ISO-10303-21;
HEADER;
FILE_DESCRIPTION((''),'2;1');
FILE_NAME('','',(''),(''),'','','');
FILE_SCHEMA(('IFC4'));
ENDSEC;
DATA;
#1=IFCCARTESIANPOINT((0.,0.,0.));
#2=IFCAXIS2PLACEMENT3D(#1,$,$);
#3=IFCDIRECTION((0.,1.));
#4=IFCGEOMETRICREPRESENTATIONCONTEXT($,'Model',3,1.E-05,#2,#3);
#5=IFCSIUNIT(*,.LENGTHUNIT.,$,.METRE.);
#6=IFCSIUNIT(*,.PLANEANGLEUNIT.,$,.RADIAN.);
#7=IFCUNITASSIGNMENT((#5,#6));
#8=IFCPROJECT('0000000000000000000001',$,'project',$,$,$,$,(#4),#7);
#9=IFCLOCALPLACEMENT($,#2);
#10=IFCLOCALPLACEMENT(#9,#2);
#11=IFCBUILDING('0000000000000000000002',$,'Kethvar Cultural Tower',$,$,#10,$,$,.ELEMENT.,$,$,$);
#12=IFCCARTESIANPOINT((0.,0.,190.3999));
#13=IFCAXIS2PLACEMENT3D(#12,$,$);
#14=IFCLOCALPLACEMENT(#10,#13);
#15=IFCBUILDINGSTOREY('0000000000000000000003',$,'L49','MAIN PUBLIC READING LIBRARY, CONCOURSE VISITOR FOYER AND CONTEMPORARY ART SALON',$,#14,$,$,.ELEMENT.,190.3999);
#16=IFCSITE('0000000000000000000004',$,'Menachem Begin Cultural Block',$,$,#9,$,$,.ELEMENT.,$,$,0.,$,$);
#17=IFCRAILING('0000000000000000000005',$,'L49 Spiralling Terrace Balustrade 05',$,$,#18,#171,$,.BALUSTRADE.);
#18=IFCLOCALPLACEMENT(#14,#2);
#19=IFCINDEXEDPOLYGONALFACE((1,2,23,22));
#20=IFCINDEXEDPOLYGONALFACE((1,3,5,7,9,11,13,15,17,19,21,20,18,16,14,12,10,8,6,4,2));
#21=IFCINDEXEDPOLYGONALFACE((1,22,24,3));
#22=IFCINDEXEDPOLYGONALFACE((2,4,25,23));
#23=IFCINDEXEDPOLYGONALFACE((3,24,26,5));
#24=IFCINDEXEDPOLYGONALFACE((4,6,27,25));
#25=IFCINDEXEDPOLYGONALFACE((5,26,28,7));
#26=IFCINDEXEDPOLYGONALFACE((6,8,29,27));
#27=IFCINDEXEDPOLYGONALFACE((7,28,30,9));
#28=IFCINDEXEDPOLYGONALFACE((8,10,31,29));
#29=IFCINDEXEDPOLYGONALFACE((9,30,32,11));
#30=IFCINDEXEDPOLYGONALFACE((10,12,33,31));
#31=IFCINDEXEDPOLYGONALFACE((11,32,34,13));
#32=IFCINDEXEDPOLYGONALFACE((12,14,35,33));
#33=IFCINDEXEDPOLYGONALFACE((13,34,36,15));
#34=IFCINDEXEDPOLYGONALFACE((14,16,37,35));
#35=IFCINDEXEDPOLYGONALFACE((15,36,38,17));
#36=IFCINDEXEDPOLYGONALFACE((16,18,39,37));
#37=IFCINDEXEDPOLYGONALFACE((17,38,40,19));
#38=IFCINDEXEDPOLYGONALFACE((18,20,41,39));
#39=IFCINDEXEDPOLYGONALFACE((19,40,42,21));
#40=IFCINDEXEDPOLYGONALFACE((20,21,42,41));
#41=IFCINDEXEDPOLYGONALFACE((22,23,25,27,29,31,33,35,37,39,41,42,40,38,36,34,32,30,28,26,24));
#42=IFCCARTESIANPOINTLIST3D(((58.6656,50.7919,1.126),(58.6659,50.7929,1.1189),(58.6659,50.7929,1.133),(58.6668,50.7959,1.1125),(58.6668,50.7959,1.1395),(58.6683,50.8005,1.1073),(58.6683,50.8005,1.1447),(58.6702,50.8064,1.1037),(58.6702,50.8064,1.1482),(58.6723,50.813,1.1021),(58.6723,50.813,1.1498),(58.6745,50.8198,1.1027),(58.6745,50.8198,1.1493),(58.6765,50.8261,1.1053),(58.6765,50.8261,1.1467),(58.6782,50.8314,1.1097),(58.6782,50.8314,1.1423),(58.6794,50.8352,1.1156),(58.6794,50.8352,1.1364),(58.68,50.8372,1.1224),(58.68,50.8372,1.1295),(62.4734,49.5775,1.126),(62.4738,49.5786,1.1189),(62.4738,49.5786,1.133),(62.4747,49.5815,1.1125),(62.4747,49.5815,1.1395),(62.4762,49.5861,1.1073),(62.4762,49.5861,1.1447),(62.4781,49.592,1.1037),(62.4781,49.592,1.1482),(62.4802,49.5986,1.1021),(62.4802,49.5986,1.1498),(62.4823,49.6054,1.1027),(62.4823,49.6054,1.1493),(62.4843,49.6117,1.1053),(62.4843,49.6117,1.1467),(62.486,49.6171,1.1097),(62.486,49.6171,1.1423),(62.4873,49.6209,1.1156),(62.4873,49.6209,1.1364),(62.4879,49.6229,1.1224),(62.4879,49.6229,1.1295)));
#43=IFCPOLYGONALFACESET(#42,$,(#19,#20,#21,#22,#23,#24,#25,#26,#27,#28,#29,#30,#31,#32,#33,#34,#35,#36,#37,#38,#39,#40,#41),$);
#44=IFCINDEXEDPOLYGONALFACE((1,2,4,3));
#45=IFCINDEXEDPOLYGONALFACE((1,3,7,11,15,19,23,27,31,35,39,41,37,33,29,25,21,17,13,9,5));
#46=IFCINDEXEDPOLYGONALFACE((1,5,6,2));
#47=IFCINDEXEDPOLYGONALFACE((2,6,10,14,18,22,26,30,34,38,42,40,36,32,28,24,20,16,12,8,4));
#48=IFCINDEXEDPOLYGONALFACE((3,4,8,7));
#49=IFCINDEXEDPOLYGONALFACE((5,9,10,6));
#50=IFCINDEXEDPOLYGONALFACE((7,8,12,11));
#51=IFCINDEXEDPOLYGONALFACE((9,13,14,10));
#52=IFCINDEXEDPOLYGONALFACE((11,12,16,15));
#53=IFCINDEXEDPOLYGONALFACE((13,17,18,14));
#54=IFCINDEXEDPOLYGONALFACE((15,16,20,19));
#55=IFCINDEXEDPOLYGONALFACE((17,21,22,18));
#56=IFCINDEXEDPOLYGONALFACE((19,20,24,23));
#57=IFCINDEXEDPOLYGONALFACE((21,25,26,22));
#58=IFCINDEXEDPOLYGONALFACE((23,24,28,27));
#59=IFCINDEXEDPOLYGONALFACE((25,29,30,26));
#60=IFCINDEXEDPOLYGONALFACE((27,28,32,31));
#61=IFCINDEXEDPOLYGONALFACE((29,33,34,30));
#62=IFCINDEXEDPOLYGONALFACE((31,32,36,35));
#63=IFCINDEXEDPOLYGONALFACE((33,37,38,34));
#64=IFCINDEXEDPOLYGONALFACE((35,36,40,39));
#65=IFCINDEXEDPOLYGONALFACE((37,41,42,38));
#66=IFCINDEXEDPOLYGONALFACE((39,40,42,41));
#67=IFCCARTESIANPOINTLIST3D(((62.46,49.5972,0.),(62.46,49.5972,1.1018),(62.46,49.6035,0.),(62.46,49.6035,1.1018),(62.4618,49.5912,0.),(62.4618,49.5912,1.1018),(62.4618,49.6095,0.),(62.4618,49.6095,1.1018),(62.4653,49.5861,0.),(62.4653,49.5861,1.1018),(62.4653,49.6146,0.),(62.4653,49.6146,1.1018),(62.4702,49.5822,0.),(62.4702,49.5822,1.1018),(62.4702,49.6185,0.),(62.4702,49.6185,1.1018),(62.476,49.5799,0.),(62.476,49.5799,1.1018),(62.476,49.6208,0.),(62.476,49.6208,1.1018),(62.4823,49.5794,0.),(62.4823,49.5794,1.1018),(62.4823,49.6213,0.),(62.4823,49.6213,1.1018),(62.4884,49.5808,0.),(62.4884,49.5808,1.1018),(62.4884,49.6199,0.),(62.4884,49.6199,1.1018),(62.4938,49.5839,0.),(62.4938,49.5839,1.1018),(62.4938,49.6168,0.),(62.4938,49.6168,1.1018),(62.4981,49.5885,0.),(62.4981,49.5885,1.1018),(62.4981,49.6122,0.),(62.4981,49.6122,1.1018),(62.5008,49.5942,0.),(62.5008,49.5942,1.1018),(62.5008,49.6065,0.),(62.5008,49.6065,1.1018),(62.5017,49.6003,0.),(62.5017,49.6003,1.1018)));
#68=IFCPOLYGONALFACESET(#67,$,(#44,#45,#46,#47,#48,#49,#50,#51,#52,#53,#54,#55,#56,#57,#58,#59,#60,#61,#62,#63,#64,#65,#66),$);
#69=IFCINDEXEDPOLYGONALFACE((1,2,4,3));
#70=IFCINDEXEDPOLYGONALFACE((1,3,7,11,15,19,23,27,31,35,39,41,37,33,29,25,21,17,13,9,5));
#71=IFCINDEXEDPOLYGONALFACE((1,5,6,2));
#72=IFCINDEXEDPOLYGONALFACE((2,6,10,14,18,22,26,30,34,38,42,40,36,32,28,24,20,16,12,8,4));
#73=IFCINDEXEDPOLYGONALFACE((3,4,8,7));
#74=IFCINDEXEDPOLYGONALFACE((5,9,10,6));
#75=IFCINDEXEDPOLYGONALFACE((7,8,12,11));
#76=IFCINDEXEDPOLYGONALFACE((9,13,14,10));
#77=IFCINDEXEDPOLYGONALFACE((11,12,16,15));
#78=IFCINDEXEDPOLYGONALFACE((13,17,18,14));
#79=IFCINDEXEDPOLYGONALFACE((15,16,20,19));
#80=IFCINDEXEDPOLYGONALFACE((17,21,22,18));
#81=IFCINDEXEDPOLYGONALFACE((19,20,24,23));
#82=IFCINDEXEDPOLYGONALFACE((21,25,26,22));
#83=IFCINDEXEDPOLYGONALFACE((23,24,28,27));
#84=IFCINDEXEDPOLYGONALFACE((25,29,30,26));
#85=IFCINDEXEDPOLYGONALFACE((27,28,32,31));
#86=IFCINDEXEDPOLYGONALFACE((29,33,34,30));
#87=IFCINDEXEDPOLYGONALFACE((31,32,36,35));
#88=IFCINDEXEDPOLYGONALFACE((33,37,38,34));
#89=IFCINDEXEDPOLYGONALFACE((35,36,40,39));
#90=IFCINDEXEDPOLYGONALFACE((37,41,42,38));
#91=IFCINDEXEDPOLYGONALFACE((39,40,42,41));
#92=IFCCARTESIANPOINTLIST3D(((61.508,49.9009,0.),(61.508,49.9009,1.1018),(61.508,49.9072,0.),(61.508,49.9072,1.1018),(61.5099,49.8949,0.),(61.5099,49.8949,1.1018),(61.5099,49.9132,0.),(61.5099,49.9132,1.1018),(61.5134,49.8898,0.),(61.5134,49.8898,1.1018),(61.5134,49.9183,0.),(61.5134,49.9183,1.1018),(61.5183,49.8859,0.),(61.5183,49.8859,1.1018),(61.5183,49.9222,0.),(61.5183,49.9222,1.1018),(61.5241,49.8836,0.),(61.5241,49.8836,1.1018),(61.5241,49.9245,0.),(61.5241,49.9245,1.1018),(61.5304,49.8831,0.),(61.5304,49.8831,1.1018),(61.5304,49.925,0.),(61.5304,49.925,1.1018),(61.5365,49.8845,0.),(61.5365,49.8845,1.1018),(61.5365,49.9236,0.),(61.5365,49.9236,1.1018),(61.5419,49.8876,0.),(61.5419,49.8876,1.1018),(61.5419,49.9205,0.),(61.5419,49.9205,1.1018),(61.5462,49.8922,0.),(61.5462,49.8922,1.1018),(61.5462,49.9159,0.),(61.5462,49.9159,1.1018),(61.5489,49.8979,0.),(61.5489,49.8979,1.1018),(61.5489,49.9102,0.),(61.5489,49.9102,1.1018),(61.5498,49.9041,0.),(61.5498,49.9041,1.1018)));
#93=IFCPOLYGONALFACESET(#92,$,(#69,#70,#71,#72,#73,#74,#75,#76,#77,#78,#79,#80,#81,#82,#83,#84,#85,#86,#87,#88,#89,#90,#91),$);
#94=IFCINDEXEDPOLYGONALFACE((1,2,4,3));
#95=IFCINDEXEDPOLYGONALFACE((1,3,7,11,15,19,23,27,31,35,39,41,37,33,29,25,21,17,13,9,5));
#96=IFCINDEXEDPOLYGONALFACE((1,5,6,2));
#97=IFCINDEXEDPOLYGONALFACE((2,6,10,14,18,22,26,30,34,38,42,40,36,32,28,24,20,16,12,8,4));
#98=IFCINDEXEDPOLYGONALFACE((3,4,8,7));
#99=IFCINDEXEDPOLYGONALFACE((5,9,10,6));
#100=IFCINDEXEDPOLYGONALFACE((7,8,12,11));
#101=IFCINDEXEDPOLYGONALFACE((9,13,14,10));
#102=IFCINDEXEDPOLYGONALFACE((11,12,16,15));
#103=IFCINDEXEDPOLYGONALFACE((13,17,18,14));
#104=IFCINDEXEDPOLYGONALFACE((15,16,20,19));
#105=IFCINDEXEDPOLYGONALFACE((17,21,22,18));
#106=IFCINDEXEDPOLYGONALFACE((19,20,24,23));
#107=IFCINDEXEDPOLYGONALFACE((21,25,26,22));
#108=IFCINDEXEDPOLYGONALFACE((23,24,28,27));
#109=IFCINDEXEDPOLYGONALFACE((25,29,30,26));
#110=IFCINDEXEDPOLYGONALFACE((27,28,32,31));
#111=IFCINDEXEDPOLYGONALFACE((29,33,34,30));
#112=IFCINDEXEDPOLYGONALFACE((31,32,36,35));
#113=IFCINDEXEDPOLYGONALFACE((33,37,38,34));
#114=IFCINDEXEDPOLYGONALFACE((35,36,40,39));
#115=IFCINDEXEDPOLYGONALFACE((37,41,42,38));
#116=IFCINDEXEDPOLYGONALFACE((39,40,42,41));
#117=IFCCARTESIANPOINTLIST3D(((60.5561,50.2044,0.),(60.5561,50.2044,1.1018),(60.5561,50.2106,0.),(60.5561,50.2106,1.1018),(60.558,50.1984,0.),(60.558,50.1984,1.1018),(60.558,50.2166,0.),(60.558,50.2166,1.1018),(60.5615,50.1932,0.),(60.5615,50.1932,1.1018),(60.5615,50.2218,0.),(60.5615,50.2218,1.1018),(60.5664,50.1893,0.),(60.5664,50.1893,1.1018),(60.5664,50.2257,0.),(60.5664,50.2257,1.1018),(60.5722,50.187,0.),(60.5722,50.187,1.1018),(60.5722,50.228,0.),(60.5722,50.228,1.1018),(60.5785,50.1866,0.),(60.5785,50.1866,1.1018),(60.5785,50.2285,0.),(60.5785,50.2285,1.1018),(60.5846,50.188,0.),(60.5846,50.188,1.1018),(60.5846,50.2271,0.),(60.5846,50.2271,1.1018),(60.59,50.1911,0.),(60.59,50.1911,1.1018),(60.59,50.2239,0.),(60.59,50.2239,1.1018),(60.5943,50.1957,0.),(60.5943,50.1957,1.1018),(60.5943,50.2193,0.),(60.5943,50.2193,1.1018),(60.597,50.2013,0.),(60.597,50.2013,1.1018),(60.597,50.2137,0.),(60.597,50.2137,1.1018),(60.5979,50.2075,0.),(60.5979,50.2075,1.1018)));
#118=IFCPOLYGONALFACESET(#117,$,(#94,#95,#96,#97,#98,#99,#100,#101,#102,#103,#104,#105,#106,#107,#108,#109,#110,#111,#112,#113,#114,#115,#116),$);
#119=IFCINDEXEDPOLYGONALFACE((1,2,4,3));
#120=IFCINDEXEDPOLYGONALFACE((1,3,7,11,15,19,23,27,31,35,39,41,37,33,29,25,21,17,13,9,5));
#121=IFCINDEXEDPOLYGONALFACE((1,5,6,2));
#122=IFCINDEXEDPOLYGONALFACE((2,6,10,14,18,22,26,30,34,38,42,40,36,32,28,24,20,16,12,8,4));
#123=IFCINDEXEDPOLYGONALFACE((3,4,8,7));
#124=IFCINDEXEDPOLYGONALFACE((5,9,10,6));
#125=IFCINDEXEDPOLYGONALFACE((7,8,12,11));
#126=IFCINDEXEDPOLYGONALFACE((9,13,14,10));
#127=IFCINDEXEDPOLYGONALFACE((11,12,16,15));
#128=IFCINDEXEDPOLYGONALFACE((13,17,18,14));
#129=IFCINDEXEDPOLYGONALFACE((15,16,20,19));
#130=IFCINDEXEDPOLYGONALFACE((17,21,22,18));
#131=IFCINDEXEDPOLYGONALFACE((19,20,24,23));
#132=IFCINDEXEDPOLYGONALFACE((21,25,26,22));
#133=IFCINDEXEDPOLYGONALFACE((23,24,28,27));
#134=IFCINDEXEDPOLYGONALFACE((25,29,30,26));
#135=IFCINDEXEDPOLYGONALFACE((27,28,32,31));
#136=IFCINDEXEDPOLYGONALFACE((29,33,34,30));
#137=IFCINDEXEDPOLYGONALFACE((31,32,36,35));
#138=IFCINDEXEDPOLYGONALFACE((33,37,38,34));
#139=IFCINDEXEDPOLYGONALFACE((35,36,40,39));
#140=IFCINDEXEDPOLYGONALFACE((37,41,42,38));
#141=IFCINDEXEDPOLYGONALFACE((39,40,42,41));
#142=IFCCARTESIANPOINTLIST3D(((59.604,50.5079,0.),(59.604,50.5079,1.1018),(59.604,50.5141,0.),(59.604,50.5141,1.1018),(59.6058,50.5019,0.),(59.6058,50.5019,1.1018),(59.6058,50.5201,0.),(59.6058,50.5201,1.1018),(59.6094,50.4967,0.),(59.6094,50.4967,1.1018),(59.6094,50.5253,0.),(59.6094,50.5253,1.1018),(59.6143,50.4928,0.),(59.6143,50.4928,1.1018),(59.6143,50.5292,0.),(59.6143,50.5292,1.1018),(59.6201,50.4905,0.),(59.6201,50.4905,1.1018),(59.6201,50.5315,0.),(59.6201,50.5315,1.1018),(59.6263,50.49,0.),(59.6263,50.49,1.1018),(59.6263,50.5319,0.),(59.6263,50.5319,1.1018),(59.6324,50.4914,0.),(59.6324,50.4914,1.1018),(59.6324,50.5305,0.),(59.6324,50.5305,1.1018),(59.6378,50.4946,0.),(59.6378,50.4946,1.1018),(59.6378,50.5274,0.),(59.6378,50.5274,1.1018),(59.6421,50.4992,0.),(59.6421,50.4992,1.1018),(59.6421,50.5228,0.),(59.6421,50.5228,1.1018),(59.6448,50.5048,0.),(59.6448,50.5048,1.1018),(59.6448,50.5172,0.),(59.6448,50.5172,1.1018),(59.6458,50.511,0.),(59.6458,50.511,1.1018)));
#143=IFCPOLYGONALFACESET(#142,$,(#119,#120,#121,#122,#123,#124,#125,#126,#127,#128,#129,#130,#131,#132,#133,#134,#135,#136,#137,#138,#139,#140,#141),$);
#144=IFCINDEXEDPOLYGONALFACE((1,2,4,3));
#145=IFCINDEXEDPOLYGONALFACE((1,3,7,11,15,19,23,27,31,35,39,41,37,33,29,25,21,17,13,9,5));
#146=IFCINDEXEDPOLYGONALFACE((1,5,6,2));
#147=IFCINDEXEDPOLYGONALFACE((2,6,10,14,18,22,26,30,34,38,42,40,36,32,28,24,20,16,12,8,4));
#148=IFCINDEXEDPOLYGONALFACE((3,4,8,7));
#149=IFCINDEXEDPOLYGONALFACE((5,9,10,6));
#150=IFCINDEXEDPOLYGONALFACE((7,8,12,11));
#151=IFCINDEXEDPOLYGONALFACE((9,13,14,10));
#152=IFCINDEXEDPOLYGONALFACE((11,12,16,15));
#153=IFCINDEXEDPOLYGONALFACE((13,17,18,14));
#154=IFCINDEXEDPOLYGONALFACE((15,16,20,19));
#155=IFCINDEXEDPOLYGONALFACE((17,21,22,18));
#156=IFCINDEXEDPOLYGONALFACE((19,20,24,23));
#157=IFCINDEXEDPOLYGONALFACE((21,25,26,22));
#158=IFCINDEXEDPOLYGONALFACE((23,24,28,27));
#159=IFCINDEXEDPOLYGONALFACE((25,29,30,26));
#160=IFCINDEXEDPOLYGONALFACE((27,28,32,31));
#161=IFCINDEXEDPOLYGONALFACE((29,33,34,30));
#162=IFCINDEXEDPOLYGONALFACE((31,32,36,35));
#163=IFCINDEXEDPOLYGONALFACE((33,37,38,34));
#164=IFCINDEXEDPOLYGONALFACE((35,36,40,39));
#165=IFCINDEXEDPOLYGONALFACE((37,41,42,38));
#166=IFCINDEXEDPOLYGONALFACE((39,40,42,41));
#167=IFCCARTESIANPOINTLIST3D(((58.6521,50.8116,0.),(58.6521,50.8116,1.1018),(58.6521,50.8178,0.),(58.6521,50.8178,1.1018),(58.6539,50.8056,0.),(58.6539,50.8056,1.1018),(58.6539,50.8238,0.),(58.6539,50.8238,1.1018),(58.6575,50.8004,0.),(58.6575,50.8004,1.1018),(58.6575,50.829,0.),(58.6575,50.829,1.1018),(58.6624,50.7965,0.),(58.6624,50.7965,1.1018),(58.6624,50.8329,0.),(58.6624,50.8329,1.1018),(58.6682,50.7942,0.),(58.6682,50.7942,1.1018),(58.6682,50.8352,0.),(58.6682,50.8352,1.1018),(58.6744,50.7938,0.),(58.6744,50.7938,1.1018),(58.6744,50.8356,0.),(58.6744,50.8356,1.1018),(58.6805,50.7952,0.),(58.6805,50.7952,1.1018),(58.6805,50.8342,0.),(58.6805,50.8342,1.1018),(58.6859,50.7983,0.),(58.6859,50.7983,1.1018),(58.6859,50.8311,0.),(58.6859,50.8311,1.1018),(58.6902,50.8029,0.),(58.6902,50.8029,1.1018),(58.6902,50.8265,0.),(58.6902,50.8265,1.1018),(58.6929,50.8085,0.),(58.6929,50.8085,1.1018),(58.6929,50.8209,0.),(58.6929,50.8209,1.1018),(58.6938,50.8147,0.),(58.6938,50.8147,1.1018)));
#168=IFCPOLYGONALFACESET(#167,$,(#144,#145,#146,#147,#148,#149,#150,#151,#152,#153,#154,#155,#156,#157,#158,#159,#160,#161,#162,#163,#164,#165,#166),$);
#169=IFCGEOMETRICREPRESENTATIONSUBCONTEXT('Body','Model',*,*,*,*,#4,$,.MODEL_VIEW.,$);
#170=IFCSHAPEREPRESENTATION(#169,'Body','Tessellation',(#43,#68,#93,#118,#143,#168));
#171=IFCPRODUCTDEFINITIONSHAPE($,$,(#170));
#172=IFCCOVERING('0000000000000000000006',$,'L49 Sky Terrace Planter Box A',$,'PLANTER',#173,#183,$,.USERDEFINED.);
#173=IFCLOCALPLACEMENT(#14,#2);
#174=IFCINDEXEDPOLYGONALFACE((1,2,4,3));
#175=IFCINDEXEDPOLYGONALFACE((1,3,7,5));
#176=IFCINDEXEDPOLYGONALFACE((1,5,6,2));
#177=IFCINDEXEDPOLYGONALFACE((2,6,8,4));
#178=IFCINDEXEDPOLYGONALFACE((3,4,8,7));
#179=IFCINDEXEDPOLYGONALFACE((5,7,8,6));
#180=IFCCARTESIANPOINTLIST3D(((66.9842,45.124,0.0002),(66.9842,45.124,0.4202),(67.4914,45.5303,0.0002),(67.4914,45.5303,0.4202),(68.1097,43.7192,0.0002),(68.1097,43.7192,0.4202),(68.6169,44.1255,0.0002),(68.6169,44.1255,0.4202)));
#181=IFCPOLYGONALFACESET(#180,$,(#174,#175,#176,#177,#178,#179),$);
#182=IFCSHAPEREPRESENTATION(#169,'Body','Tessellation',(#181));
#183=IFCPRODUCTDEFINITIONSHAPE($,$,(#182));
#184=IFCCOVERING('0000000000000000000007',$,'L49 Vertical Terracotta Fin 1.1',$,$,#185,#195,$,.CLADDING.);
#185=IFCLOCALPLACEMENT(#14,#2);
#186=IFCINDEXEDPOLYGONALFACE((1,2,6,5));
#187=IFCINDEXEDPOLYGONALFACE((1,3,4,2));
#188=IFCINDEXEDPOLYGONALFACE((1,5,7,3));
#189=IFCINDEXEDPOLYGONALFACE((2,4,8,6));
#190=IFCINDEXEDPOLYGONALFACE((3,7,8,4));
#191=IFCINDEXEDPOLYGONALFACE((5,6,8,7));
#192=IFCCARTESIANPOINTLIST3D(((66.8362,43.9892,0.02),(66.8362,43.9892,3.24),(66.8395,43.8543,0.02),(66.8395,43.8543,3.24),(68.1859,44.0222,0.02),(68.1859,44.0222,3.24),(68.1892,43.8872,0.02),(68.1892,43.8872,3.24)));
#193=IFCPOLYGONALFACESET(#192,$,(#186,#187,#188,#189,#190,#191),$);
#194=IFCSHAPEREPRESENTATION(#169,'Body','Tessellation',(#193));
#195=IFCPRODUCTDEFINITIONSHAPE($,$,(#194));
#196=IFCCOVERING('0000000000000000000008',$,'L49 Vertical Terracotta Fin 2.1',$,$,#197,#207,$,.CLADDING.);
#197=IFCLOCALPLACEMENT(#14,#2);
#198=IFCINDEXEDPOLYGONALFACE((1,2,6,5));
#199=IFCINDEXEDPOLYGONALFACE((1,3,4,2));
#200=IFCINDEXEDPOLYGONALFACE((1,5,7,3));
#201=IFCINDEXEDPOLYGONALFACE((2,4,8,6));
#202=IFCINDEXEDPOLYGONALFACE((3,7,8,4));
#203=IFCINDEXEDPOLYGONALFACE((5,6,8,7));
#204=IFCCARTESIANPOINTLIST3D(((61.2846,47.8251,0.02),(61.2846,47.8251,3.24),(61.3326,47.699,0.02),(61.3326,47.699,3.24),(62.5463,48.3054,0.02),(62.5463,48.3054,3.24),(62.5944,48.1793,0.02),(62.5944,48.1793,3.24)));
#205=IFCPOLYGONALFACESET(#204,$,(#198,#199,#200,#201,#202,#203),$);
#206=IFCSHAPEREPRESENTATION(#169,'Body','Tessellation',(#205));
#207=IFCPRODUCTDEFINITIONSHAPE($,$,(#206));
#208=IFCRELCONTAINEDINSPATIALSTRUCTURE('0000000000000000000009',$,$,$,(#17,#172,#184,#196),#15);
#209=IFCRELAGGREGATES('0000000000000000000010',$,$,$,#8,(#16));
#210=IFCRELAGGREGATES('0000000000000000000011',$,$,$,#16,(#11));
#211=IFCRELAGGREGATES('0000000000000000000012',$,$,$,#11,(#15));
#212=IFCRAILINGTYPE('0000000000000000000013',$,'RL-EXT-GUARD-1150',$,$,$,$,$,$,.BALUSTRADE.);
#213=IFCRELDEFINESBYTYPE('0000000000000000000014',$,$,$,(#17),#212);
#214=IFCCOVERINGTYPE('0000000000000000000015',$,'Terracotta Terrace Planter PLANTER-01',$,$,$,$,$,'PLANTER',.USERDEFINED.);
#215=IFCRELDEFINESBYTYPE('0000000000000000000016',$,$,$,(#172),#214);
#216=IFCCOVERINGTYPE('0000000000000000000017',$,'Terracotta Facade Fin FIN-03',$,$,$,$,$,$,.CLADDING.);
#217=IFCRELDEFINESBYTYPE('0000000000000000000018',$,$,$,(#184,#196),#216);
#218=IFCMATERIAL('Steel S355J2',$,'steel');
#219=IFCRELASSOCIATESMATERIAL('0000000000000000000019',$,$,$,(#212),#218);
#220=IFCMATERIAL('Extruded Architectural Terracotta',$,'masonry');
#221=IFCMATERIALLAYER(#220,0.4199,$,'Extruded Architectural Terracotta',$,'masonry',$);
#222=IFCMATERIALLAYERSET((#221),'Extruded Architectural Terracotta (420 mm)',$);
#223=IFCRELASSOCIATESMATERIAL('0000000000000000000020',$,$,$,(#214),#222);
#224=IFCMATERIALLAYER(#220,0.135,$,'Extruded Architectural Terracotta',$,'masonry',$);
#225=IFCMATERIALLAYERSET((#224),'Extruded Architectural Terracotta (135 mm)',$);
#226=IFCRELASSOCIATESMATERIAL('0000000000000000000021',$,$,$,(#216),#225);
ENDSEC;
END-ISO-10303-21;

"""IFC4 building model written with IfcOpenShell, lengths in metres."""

from ifc_helpers import new_model, si_unit, direction, frame, origin, origin_2d, place, context, subcontext, project, spatial, rectangle, circle, extrude, source, transform, mapped, material, layer, layer_set, type_object, element, save


model = new_model("IFC4")

# Units and contexts
model_context = context("Model", 3, precision=1e-05, world=origin(), true_north=direction((0.0, 1.0)))
body_context = subcontext(model_context, "Body", "Model", "MODEL_VIEW")
ifc_project = project(units=[si_unit("LENGTHUNIT", "METRE"), si_unit("PLANEANGLEUNIT", "RADIAN")], contexts=[model_context])

# Site, building, storey
site_placement = place(None, origin())
site = spatial("IfcSite", under=ifc_project, at=site_placement, Name="Menachem Begin Cultural Block", CompositionType="ELEMENT", RefElevation=0.0)
building_placement = place(site_placement, origin())
building = spatial("IfcBuilding", under=site, at=building_placement, Name="Kethvar Cultural Tower", CompositionType="ELEMENT")
storey_placement = place(building_placement, frame((0.0, 0.0, 190.3999)))
storey = spatial("IfcBuildingStorey", under=building, at=storey_placement, Name="L49", Description="MAIN PUBLIC READING LIBRARY, CONCOURSE VISITOR FOYER AND CONTEMPORARY ART SALON", CompositionType="ELEMENT", Elevation=190.3999)

# Shared definitions
ifc_material_1 = material(Name="Steel S355J2", Category="steel")

# Railing
railing_type = type_object("IfcRailingType", Name="RL-EXT-GUARD-1150", PredefinedType="BALUSTRADE", material=ifc_material_1)
railing_1_placement = place(storey_placement, frame((62.4807, 49.6003, 0.0)))
element("IfcRailing", 1, at=railing_1_placement, inside=storey, type_object=railing_type, Name="L49 Spiralling Terrace Balustrade 05", PredefinedType="BALUSTRADE", context=body_context, shape_type="SweptSolid", body=[
    extrude(circle(Radius=0.0239, at=origin_2d()), frame((0.0, 0.0, 1.126), z_axis=(-0.952726, 0.303831, 0.0), x_axis=(-0.303831, -0.952726, 0.0)), (0.0, 0.0, 1.0), 3.9968),
    extrude(circle(Radius=0.021, at=origin_2d()), origin(), (0.0, 0.0, 1.0), 1.1018),
    extrude(circle(Radius=0.021, at=origin_2d()), frame((-0.9519, 0.3037, 0.0)), (0.0, 0.0, 1.0), 1.1018),
    extrude(circle(Radius=0.021, at=origin_2d()), frame((-1.9038, 0.6072, 0.0)), (0.0, 0.0, 1.0), 1.1018),
    extrude(circle(Radius=0.021, at=origin_2d()), frame((-2.856, 0.9106, 0.0)), (0.0, 0.0, 1.0), 1.1018),
    extrude(circle(Radius=0.021, at=origin_2d()), frame((-3.8079, 1.2144, 0.0)), (0.0, 0.0, 1.0), 1.1018),
])

# Coverings
ifc_material_2 = material(Name="Extruded Architectural Terracotta", Category="masonry")
ifc_layer_1 = layer(ifc_material_2, 0.4199, Name="Extruded Architectural Terracotta", Category="masonry")
ifc_layer_set_1 = layer_set([ifc_layer_1], Name="Extruded Architectural Terracotta (420 mm)")
covering_type_1 = type_object("IfcCoveringType", Name="Terracotta Terrace Planter PLANTER-01", ElementType="PLANTER", PredefinedType="USERDEFINED", material=ifc_layer_set_1)
shared_shape_1 = source(origin(), body_context, "Body", "SweptSolid", [
    extrude(rectangle(XDim=1.8, YDim=0.6499, at=origin_2d()), origin(), (0.0, 0.0, 1.0), 0.4199),
])
covering_placement = place(storey_placement, frame((67.8005, 44.6248, 0.0002), z_axis=(0.0, 0.0, 1.0), x_axis=(-0.625243, 0.78043, 0.0)))
element("IfcCovering", 2, at=covering_placement, inside=storey, type_object=covering_type_1, Name="L49 Sky Terrace Planter Box A", ObjectType="PLANTER", PredefinedType="USERDEFINED", context=body_context, shape_type="MappedRepresentation", body=[
    mapped(shared_shape_1, transform((0.0, 0.0, 0.0), scale=1.0)),
])
ifc_layer_2 = layer(ifc_material_2, 0.135, Name="Extruded Architectural Terracotta", Category="masonry")
ifc_layer_set_2 = layer_set([ifc_layer_2], Name="Extruded Architectural Terracotta (135 mm)")
covering_type_2 = type_object("IfcCoveringType", Name="Terracotta Facade Fin FIN-03", PredefinedType="CLADDING", material=ifc_layer_set_2)
shared_shape_2 = source(origin(), body_context, "Body", "SweptSolid", [
    extrude(rectangle(XDim=1.3501, YDim=0.135, at=origin_2d()), origin(), (0.0, 0.0, 1.0), 3.22),
])
for number, where, z_axis, x_axis, name in (
    (3, (67.5127, 43.9382, 0.02), (0.0, 0.0, 1.0), (0.999701, 0.024432, 0.0), "L49 Vertical Terracotta Fin 1.1"),
    (4, (61.9395, 48.0022, 0.02), (0.0, 0.0, 1.0), (0.934578, 0.35576, 0.0), "L49 Vertical Terracotta Fin 2.1"),
):
    element("IfcCovering", number, at=place(storey_placement, frame(where, z_axis=z_axis, x_axis=x_axis)), inside=storey, type_object=covering_type_2, Name=name, PredefinedType="CLADDING", context=body_context, shape_type="MappedRepresentation", body=[
        mapped(shared_shape_2, transform((0.0, 0.0, 0.0), scale=1.0)),
    ])

save(model, "model.ifc")
